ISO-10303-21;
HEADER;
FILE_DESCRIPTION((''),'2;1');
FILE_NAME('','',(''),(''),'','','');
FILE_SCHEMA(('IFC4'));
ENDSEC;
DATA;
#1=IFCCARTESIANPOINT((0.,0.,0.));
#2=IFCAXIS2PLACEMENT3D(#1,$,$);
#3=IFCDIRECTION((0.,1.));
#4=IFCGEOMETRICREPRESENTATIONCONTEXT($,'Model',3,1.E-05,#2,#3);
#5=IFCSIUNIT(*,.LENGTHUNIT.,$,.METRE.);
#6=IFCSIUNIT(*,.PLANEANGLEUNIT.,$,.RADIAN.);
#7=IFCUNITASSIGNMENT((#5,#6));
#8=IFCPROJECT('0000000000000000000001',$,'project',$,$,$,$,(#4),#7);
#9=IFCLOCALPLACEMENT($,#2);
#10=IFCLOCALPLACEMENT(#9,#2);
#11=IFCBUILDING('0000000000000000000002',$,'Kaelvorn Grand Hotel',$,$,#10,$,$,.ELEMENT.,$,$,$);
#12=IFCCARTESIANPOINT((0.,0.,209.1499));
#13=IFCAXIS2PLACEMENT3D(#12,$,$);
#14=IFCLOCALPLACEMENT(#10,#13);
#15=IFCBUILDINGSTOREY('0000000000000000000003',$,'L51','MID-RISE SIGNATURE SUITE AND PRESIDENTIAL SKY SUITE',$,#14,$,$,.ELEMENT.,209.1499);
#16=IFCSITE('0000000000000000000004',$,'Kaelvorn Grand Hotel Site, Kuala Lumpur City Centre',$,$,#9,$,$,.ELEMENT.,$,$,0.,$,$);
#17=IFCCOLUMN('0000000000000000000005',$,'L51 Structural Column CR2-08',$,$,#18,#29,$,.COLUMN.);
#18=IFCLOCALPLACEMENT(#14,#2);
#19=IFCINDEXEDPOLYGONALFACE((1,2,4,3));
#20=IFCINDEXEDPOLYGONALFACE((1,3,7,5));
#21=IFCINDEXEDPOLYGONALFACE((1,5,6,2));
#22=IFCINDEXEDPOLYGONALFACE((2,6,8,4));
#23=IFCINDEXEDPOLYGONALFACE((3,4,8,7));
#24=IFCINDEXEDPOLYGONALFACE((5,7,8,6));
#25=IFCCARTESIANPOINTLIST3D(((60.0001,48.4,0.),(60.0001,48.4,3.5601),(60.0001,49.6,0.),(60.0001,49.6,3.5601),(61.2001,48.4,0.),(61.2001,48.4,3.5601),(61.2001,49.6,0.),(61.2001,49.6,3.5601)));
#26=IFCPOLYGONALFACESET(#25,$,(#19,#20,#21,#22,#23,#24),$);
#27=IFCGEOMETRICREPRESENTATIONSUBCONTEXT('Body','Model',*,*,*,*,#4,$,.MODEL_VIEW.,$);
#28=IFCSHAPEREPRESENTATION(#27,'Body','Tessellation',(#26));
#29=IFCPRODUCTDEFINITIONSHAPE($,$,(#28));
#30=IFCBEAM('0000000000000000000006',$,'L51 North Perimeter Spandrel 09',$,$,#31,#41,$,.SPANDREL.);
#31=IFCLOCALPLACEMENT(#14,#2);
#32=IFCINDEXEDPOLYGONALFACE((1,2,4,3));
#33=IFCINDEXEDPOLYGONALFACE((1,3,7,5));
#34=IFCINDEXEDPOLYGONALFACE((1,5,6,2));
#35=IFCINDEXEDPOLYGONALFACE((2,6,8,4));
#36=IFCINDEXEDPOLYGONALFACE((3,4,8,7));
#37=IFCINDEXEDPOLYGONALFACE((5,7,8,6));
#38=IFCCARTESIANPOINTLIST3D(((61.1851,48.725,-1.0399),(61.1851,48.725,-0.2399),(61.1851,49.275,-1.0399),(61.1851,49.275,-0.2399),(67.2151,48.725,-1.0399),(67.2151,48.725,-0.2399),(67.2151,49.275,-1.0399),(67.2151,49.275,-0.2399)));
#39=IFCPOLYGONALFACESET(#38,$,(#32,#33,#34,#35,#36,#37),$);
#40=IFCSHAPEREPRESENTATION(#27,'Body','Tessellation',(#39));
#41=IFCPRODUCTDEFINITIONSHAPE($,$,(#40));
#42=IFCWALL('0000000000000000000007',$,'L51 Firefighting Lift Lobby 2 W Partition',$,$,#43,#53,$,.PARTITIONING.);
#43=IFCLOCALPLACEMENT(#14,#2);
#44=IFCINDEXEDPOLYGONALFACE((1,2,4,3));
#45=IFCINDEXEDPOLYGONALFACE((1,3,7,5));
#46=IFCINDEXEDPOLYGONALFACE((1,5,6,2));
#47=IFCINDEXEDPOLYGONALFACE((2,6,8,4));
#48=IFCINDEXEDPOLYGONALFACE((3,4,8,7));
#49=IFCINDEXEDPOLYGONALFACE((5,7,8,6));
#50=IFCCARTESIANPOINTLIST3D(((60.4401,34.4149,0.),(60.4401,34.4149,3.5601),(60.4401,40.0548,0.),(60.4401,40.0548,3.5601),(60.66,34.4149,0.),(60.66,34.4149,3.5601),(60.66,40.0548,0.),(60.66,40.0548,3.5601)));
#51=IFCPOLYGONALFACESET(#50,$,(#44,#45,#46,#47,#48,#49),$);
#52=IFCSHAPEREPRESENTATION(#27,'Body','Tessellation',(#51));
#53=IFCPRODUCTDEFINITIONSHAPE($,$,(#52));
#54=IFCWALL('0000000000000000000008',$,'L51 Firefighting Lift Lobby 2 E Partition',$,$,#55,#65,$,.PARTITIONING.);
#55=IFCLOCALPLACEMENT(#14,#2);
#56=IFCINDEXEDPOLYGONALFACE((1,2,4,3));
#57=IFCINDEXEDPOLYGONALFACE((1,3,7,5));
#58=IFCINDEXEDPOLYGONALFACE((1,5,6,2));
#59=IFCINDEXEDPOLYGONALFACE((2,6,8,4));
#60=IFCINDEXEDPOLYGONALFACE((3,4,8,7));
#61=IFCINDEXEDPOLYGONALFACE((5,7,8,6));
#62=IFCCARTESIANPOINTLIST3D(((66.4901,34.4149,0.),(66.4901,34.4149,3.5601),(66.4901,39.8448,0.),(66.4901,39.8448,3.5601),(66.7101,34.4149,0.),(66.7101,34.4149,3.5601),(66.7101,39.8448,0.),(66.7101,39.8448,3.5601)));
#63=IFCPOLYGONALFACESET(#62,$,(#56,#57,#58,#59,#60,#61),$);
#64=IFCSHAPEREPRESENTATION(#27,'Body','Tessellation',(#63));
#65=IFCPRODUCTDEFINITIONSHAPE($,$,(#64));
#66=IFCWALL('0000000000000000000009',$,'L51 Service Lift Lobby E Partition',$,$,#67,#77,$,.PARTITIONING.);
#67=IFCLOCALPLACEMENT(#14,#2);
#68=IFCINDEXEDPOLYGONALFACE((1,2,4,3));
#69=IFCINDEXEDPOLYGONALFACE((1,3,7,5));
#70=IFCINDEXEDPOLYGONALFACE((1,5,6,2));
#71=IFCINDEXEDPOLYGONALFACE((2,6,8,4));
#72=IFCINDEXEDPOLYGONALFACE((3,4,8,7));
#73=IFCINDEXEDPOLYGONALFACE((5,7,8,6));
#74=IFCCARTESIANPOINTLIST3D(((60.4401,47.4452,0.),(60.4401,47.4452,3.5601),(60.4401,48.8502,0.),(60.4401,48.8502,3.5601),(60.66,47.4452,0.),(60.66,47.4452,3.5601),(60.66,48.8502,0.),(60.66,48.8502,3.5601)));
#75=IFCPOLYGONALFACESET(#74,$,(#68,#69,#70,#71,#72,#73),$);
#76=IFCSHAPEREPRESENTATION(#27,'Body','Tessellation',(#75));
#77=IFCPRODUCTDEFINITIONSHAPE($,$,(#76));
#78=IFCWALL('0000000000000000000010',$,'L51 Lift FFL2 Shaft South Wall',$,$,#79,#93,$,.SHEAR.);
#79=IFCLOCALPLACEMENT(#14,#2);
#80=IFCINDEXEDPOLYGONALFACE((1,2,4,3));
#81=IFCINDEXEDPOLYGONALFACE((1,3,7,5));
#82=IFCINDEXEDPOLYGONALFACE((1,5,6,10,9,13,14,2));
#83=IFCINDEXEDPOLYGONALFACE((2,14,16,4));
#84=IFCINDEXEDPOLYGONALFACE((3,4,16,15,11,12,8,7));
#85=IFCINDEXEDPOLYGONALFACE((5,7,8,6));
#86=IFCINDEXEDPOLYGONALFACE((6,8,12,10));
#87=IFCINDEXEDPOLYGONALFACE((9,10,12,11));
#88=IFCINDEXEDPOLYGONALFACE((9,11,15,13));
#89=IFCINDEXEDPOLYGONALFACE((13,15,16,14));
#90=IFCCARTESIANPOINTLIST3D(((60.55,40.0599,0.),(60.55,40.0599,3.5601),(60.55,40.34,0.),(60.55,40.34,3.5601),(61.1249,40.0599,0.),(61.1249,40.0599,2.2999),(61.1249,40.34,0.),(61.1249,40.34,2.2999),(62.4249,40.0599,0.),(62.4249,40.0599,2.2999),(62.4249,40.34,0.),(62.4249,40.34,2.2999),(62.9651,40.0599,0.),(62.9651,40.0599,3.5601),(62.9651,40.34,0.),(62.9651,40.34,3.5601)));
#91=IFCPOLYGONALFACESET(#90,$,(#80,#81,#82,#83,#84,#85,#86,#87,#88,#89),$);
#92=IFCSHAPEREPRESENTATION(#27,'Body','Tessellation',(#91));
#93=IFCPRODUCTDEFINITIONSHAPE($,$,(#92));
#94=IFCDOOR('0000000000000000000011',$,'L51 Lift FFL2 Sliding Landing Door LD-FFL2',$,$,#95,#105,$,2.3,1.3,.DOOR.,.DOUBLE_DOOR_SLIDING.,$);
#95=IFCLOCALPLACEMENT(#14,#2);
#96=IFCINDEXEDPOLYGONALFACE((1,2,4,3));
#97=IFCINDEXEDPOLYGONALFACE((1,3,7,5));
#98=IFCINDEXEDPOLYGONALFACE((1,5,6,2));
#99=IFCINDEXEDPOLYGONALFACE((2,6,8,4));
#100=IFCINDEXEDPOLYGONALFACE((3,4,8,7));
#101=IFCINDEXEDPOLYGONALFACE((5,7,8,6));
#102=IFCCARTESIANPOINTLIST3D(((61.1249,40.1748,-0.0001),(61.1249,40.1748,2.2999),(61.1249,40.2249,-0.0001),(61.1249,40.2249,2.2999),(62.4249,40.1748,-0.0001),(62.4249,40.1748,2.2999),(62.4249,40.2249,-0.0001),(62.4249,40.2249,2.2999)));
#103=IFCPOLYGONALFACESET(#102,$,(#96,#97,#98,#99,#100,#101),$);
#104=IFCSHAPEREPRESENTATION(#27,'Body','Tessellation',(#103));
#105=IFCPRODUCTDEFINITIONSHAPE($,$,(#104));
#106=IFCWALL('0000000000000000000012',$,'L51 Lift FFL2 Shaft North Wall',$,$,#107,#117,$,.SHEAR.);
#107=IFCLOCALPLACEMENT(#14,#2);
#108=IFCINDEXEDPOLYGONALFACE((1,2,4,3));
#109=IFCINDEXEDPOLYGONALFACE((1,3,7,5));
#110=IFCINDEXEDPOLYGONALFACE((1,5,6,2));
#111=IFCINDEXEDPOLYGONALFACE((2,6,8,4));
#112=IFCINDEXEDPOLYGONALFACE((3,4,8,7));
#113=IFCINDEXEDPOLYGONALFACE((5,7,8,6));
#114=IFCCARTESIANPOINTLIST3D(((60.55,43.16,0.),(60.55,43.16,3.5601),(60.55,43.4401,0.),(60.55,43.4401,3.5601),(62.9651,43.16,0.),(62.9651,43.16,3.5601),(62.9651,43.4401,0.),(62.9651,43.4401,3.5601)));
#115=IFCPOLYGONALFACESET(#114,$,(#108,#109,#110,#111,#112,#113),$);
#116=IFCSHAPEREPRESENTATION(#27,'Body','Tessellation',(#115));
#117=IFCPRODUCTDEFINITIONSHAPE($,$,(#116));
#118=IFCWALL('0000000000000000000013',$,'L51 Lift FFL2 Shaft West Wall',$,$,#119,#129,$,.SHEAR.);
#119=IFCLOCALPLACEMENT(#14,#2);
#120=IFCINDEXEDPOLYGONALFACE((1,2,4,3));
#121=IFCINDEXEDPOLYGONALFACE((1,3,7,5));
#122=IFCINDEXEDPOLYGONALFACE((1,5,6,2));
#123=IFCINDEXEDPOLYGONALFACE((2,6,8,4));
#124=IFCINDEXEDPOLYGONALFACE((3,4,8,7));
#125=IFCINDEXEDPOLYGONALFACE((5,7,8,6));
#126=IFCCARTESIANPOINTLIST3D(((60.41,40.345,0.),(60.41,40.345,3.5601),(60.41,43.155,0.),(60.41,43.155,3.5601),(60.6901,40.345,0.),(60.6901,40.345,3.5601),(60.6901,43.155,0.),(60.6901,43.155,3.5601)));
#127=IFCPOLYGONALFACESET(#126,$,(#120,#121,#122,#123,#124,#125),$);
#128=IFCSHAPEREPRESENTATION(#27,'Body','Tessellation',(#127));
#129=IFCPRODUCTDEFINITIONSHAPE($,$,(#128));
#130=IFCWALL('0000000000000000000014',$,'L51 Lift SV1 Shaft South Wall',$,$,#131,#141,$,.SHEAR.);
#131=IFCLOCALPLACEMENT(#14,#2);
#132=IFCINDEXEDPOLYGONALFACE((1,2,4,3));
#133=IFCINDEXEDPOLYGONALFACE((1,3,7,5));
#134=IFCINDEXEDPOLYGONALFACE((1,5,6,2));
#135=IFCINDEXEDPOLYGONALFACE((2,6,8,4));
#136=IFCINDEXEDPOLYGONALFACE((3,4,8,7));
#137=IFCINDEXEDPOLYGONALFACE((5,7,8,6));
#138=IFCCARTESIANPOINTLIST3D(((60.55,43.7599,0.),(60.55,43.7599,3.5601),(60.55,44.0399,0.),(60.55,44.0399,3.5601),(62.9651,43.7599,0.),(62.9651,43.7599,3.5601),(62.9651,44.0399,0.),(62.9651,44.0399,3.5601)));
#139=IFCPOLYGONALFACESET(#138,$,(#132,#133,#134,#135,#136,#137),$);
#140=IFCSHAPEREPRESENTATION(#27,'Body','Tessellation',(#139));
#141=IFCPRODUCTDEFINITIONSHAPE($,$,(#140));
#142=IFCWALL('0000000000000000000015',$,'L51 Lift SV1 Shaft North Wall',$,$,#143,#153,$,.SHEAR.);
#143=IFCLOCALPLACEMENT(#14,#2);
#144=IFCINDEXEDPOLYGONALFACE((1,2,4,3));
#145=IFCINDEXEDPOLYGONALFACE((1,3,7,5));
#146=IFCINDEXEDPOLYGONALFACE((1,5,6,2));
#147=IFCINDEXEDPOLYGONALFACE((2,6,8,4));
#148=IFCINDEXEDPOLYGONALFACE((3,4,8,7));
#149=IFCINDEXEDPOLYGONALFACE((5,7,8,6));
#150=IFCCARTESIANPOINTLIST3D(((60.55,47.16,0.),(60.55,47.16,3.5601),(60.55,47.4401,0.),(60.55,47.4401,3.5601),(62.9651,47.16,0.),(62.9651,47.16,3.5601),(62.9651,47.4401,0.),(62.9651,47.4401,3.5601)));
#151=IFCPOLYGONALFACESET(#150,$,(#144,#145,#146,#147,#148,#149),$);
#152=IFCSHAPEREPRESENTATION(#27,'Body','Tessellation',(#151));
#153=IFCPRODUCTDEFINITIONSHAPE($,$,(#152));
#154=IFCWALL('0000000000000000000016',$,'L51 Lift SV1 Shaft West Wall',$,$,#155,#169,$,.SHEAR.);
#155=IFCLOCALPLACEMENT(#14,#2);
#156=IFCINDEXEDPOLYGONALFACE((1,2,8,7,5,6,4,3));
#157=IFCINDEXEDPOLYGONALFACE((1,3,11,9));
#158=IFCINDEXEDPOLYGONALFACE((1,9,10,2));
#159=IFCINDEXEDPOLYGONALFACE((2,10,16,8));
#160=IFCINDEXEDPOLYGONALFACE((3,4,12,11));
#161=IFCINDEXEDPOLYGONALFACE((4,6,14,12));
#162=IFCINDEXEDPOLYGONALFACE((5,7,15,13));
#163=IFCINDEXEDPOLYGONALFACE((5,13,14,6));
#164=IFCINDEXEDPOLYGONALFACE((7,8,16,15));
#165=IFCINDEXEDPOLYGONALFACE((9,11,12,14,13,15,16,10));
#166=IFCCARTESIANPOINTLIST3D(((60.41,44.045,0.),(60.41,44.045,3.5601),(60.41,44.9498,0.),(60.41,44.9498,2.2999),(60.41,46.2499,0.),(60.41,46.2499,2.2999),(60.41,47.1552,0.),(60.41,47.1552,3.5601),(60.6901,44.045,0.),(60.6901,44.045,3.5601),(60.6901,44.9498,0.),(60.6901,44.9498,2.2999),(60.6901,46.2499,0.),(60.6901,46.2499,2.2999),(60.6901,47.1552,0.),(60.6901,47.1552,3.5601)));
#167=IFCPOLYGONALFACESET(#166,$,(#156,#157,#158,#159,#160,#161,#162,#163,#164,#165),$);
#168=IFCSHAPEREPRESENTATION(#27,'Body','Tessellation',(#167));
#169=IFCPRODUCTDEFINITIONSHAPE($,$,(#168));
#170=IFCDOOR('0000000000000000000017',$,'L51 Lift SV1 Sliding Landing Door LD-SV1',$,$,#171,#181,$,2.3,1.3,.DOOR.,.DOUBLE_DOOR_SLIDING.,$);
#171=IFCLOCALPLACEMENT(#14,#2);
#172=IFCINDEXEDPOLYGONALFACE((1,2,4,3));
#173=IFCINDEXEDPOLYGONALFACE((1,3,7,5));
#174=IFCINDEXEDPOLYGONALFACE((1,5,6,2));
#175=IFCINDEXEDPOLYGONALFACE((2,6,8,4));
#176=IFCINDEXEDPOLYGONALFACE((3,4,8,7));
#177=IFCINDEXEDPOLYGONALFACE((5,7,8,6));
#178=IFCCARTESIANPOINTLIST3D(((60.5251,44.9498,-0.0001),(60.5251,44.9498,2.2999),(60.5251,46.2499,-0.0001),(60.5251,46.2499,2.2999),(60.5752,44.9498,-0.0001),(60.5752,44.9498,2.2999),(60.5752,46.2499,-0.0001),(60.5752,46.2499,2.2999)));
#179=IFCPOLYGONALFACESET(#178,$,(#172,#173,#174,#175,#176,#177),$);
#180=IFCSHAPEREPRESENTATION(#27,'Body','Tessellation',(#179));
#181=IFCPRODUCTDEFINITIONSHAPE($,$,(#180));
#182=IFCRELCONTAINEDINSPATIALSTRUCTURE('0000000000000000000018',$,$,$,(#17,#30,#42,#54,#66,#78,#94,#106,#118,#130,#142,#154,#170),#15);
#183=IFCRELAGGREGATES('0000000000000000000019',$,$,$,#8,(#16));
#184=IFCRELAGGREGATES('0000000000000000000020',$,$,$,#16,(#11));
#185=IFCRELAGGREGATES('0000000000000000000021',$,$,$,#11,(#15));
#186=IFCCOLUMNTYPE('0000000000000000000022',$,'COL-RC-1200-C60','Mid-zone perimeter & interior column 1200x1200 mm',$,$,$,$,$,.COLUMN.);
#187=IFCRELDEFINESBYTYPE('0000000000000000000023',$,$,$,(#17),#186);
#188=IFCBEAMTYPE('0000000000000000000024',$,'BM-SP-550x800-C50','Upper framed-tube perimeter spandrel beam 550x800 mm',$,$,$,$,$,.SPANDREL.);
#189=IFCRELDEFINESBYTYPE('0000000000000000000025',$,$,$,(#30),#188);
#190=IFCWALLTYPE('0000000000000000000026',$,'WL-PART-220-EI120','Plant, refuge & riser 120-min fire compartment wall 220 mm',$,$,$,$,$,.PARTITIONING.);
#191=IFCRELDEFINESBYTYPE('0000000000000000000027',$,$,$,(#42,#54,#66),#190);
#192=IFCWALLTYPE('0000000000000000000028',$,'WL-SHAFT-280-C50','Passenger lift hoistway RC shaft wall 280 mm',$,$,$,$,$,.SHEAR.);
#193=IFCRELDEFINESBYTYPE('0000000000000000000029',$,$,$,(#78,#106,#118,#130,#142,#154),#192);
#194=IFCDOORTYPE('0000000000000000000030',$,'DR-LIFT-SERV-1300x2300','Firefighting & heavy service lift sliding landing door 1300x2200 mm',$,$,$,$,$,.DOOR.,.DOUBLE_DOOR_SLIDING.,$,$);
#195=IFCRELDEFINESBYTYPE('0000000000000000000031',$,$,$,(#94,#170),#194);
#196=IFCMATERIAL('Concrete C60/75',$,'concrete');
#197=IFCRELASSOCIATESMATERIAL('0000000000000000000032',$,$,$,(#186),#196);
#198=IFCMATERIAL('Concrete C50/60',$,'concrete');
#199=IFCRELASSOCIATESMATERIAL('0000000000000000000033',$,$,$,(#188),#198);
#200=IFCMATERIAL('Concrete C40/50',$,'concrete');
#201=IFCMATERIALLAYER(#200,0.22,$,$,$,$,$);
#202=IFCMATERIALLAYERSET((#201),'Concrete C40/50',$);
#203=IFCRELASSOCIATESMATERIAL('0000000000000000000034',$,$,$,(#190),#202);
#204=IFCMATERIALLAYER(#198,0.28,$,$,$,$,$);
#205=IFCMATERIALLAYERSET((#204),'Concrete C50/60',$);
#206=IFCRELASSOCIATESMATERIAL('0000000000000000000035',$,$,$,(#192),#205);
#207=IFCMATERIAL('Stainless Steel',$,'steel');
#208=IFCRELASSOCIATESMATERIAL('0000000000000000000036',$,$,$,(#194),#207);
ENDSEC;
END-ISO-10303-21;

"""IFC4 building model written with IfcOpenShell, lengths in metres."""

from ifc_helpers import new_model, si_unit, direction, frame, frame_2d, origin, origin_2d, place, context, subcontext, project, spatial, rectangle, extrude, material, layer, layer_set, material_profile, profile_set, type_object, element, fill, save


model = new_model("IFC4")

# Units and contexts
model_context = context("Model", 3, precision=1e-05, world=origin(), true_north=direction((0.0, 1.0)))
body_context = subcontext(model_context, "Body", "Model", "MODEL_VIEW")
ifc_project = project(units=[si_unit("LENGTHUNIT", "METRE"), si_unit("PLANEANGLEUNIT", "RADIAN")], contexts=[model_context])

# Site, building, storey
site_placement = place(None, origin())
site = spatial("IfcSite", under=ifc_project, at=site_placement, Name="Kaelvorn Grand Hotel Site, Kuala Lumpur City Centre", CompositionType="ELEMENT", RefElevation=0.0)
building_placement = place(site_placement, origin())
building = spatial("IfcBuilding", under=site, at=building_placement, Name="Kaelvorn Grand Hotel", CompositionType="ELEMENT")
storey_placement = place(building_placement, frame((0.0, 0.0, 209.1499)))
storey = spatial("IfcBuildingStorey", under=building, at=storey_placement, Name="L51", Description="MID-RISE SIGNATURE SUITE AND PRESIDENTIAL SKY SUITE", CompositionType="ELEMENT", Elevation=209.1499)

# Column
ifc_material_1 = material(Name="Concrete C60/75", Category="concrete")
ifc_material_profile_1 = material_profile(ifc_material_1, rectangle(XDim=1.2, YDim=1.2, at=origin_2d()), Name="RC COL 1200x1200")
ifc_profile_set_1 = profile_set([ifc_material_profile_1], Name="Concrete C60/75")
column_type = type_object("IfcColumnType", Name="COL-RC-1200-C60", Description="Mid-zone perimeter & interior column 1200x1200 mm", PredefinedType="COLUMN", material=ifc_profile_set_1)
column_placement = place(storey_placement, frame((60.6001, 49.0, 0.0), z_axis=(0.0, 0.0, 1.0), x_axis=(1.0, 0.0, 0.0)))
element("IfcColumn", 1, at=column_placement, inside=storey, type_object=column_type, Name="L51 Structural Column CR2-08", PredefinedType="COLUMN", context=body_context, shape_type="SweptSolid", body=[
    extrude(rectangle(XDim=1.2, YDim=1.2, at=origin_2d()), origin(), (0.0, 0.0, 1.0), 3.5601),
])

# Beam
ifc_material_2 = material(Name="Concrete C50/60", Category="concrete")
ifc_material_profile_2 = material_profile(ifc_material_2, rectangle(XDim=0.55, YDim=0.8, at=origin_2d()), Name="RC SPANDREL 550x800")
ifc_profile_set_2 = profile_set([ifc_material_profile_2], Name="Concrete C50/60")
beam_type = type_object("IfcBeamType", Name="BM-SP-550x800-C50", Description="Upper framed-tube perimeter spandrel beam 550x800 mm", PredefinedType="SPANDREL", material=ifc_profile_set_2)
beam_placement = place(storey_placement, frame((61.1851, 49.0, -0.6399), z_axis=(1.0, 0.0, 0.0), x_axis=(0.0, 1.0, 0.0)))
element("IfcBeam", 2, at=beam_placement, inside=storey, type_object=beam_type, Name="L51 North Perimeter Spandrel 09", PredefinedType="SPANDREL", context=body_context, shape_type="SweptSolid", body=[
    extrude(rectangle(XDim=0.55, YDim=0.8, at=origin_2d()), origin(), (0.0, 0.0, 1.0), 6.03),
])

# Shared definitions
ifc_material_3 = material(Name="Concrete C40/50", Category="concrete")
ifc_layer_1 = layer(ifc_material_3, 0.22)
ifc_layer_set_1 = layer_set([ifc_layer_1], Name="Concrete C40/50")
wall_type_1 = type_object("IfcWallType", Name="WL-PART-220-EI120", Description="Plant, refuge & riser 120-min fire compartment wall 220 mm", PredefinedType="PARTITIONING", material=ifc_layer_set_1)

# Walls
wall_1_placement = place(storey_placement, frame((60.55, 34.415, 0.0), z_axis=(0.0, 0.0, 1.0), x_axis=(0.0, 1.0, 0.0)))
element("IfcWall", 3, at=wall_1_placement, inside=storey, type_object=wall_type_1, Name="L51 Firefighting Lift Lobby 2 W Partition", PredefinedType="PARTITIONING", context=body_context, shape_type="SweptSolid", body=[
    extrude(rectangle(XDim=5.6399, YDim=0.22, at=frame_2d((2.8198, 0.0))), origin(), (0.0, 0.0, 1.0), 3.5601),
])
wall_2_placement = place(storey_placement, frame((66.6001, 34.415, 0.0), z_axis=(0.0, 0.0, 1.0), x_axis=(0.0, 1.0, 0.0)))
element("IfcWall", 4, at=wall_2_placement, inside=storey, type_object=wall_type_1, Name="L51 Firefighting Lift Lobby 2 E Partition", PredefinedType="PARTITIONING", context=body_context, shape_type="SweptSolid", body=[
    extrude(rectangle(XDim=5.4299, YDim=0.22, at=frame_2d((2.7148, 0.0))), origin(), (0.0, 0.0, 1.0), 3.5601),
])
wall_3_placement = place(storey_placement, frame((60.55, 47.4451, 0.0), z_axis=(0.0, 0.0, 1.0), x_axis=(0.0, 1.0, 0.0)))
element("IfcWall", 5, at=wall_3_placement, inside=storey, type_object=wall_type_1, Name="L51 Service Lift Lobby E Partition", PredefinedType="PARTITIONING", context=body_context, shape_type="SweptSolid", body=[
    extrude(rectangle(XDim=1.405, YDim=0.22, at=frame_2d((0.7026, 0.0))), origin(), (0.0, 0.0, 1.0), 3.5601),
])

# Wall, opening, door
ifc_layer_2 = layer(ifc_material_2, 0.28)
ifc_layer_set_2 = layer_set([ifc_layer_2], Name="Concrete C50/60")
wall_type_2 = type_object("IfcWallType", Name="WL-SHAFT-280-C50", Description="Passenger lift hoistway RC shaft wall 280 mm", PredefinedType="SHEAR", material=ifc_layer_set_2)
wall_4_placement = place(storey_placement, frame((60.55, 40.2, 0.0), z_axis=(0.0, 0.0, 1.0), x_axis=(1.0, 0.0, 0.0)))
wall_4 = element("IfcWall", 6, at=wall_4_placement, inside=storey, type_object=wall_type_2, Name="L51 Lift FFL2 Shaft South Wall", PredefinedType="SHEAR", context=body_context, shape_type="SweptSolid", body=[
    extrude(rectangle(XDim=2.415, YDim=0.28, at=frame_2d((1.2075, 0.0))), origin(), (0.0, 0.0, 1.0), 3.5601),
])
opening_1_placement = place(wall_4_placement, frame((0.575, 0.0, 0.0)))
opening_1 = element("IfcOpeningElement", 7, at=opening_1_placement, cuts=wall_4, PredefinedType="OPENING", context=body_context, shape_type="SweptSolid", body=[
    extrude(rectangle(XDim=1.3, YDim=2.3, at=frame_2d((0.6499, 1.1499))), frame((0.0, 0.1499, 0.0), z_axis=(0.0, -1.0, 0.0), x_axis=(1.0, 0.0, 0.0)), (0.0, 0.0, 1.0), 0.3),
])
ifc_material_4 = material(Name="Stainless Steel", Category="steel")
door_type_1 = type_object("IfcDoorType", Name="DR-LIFT-SERV-1300x2300", Description="Firefighting & heavy service lift sliding landing door 1300x2200 mm", OperationType="DOUBLE_DOOR_SLIDING", PredefinedType="DOOR", material=ifc_material_4)
door_1_placement = place(opening_1_placement, origin())
door_1 = element("IfcDoor", 8, at=door_1_placement, inside=storey, type_object=door_type_1, Name="L51 Lift FFL2 Sliding Landing Door LD-FFL2", OperationType="DOUBLE_DOOR_SLIDING", OverallHeight=2.3, OverallWidth=1.3, PredefinedType="DOOR", context=body_context, shape_type="SweptSolid", body=[
    extrude(rectangle(XDim=1.3, YDim=2.3, at=frame_2d((0.6499, 1.1499))), frame((0.0, 0.0249, 0.0), z_axis=(0.0, -1.0, 0.0), x_axis=(1.0, 0.0, 0.0)), (0.0, 0.0, 1.0), 0.05),
])
fill(opening_1, door_1)

# Walls
wall_5_placement = place(storey_placement, frame((60.55, 43.3, 0.0), z_axis=(0.0, 0.0, 1.0), x_axis=(1.0, 0.0, 0.0)))
element("IfcWall", 9, at=wall_5_placement, inside=storey, type_object=wall_type_2, Name="L51 Lift FFL2 Shaft North Wall", PredefinedType="SHEAR", context=body_context, shape_type="SweptSolid", body=[
    extrude(rectangle(XDim=2.415, YDim=0.28, at=frame_2d((1.2075, 0.0))), origin(), (0.0, 0.0, 1.0), 3.5601),
])
wall_6_placement = place(storey_placement, frame((60.55, 40.345, 0.0), z_axis=(0.0, 0.0, 1.0), x_axis=(0.0, 1.0, 0.0)))
element("IfcWall", 10, at=wall_6_placement, inside=storey, type_object=wall_type_2, Name="L51 Lift FFL2 Shaft West Wall", PredefinedType="SHEAR", context=body_context, shape_type="SweptSolid", body=[
    extrude(rectangle(XDim=2.8101, YDim=0.28, at=frame_2d((1.405, 0.0))), origin(), (0.0, 0.0, 1.0), 3.5601),
])
for number, where, z_axis, x_axis, name in (
    (11, (60.55, 43.8999, 0.0), (0.0, 0.0, 1.0), (1.0, 0.0, 0.0), "L51 Lift SV1 Shaft South Wall"),
    (12, (60.55, 47.3, 0.0), (0.0, 0.0, 1.0), (1.0, 0.0, 0.0), "L51 Lift SV1 Shaft North Wall"),
):
    element("IfcWall", number, at=place(storey_placement, frame(where, z_axis=z_axis, x_axis=x_axis)), inside=storey, type_object=wall_type_2, Name=name, PredefinedType="SHEAR", context=body_context, shape_type="SweptSolid", body=[
        extrude(rectangle(XDim=2.415, YDim=0.28, at=frame_2d((1.2075, 0.0))), origin(), (0.0, 0.0, 1.0), 3.5601),
    ])

# Wall, opening, door
wall_7_placement = place(storey_placement, frame((60.55, 44.0449, 0.0), z_axis=(0.0, 0.0, 1.0), x_axis=(0.0, 1.0, 0.0)))
wall_7 = element("IfcWall", 13, at=wall_7_placement, inside=storey, type_object=wall_type_2, Name="L51 Lift SV1 Shaft West Wall", PredefinedType="SHEAR", context=body_context, shape_type="SweptSolid", body=[
    extrude(rectangle(XDim=3.1101, YDim=0.28, at=frame_2d((1.5552, 0.0))), origin(), (0.0, 0.0, 1.0), 3.5601),
])
opening_2_placement = place(wall_7_placement, frame((0.905, 0.0, 0.0)))
opening_2 = element("IfcOpeningElement", 14, at=opening_2_placement, cuts=wall_7, PredefinedType="OPENING", context=body_context, shape_type="SweptSolid", body=[
    extrude(rectangle(XDim=1.3, YDim=2.3, at=frame_2d((0.6499, 1.1499))), frame((0.0, 0.1499, 0.0), z_axis=(0.0, -1.0, 0.0), x_axis=(1.0, 0.0, 0.0)), (0.0, 0.0, 1.0), 0.3),
])
door_2_placement = place(opening_2_placement, origin())
door_2 = element("IfcDoor", 15, at=door_2_placement, inside=storey, type_object=door_type_1, Name="L51 Lift SV1 Sliding Landing Door LD-SV1", OperationType="DOUBLE_DOOR_SLIDING", OverallHeight=2.3, OverallWidth=1.3, PredefinedType="DOOR", context=body_context, shape_type="SweptSolid", body=[
    extrude(rectangle(XDim=1.3, YDim=2.3, at=frame_2d((0.6499, 1.1499))), frame((0.0, 0.0249, 0.0), z_axis=(0.0, -1.0, 0.0), x_axis=(1.0, 0.0, 0.0)), (0.0, 0.0, 1.0), 0.05),
])
fill(opening_2, door_2)

save(model, "model.ifc")
